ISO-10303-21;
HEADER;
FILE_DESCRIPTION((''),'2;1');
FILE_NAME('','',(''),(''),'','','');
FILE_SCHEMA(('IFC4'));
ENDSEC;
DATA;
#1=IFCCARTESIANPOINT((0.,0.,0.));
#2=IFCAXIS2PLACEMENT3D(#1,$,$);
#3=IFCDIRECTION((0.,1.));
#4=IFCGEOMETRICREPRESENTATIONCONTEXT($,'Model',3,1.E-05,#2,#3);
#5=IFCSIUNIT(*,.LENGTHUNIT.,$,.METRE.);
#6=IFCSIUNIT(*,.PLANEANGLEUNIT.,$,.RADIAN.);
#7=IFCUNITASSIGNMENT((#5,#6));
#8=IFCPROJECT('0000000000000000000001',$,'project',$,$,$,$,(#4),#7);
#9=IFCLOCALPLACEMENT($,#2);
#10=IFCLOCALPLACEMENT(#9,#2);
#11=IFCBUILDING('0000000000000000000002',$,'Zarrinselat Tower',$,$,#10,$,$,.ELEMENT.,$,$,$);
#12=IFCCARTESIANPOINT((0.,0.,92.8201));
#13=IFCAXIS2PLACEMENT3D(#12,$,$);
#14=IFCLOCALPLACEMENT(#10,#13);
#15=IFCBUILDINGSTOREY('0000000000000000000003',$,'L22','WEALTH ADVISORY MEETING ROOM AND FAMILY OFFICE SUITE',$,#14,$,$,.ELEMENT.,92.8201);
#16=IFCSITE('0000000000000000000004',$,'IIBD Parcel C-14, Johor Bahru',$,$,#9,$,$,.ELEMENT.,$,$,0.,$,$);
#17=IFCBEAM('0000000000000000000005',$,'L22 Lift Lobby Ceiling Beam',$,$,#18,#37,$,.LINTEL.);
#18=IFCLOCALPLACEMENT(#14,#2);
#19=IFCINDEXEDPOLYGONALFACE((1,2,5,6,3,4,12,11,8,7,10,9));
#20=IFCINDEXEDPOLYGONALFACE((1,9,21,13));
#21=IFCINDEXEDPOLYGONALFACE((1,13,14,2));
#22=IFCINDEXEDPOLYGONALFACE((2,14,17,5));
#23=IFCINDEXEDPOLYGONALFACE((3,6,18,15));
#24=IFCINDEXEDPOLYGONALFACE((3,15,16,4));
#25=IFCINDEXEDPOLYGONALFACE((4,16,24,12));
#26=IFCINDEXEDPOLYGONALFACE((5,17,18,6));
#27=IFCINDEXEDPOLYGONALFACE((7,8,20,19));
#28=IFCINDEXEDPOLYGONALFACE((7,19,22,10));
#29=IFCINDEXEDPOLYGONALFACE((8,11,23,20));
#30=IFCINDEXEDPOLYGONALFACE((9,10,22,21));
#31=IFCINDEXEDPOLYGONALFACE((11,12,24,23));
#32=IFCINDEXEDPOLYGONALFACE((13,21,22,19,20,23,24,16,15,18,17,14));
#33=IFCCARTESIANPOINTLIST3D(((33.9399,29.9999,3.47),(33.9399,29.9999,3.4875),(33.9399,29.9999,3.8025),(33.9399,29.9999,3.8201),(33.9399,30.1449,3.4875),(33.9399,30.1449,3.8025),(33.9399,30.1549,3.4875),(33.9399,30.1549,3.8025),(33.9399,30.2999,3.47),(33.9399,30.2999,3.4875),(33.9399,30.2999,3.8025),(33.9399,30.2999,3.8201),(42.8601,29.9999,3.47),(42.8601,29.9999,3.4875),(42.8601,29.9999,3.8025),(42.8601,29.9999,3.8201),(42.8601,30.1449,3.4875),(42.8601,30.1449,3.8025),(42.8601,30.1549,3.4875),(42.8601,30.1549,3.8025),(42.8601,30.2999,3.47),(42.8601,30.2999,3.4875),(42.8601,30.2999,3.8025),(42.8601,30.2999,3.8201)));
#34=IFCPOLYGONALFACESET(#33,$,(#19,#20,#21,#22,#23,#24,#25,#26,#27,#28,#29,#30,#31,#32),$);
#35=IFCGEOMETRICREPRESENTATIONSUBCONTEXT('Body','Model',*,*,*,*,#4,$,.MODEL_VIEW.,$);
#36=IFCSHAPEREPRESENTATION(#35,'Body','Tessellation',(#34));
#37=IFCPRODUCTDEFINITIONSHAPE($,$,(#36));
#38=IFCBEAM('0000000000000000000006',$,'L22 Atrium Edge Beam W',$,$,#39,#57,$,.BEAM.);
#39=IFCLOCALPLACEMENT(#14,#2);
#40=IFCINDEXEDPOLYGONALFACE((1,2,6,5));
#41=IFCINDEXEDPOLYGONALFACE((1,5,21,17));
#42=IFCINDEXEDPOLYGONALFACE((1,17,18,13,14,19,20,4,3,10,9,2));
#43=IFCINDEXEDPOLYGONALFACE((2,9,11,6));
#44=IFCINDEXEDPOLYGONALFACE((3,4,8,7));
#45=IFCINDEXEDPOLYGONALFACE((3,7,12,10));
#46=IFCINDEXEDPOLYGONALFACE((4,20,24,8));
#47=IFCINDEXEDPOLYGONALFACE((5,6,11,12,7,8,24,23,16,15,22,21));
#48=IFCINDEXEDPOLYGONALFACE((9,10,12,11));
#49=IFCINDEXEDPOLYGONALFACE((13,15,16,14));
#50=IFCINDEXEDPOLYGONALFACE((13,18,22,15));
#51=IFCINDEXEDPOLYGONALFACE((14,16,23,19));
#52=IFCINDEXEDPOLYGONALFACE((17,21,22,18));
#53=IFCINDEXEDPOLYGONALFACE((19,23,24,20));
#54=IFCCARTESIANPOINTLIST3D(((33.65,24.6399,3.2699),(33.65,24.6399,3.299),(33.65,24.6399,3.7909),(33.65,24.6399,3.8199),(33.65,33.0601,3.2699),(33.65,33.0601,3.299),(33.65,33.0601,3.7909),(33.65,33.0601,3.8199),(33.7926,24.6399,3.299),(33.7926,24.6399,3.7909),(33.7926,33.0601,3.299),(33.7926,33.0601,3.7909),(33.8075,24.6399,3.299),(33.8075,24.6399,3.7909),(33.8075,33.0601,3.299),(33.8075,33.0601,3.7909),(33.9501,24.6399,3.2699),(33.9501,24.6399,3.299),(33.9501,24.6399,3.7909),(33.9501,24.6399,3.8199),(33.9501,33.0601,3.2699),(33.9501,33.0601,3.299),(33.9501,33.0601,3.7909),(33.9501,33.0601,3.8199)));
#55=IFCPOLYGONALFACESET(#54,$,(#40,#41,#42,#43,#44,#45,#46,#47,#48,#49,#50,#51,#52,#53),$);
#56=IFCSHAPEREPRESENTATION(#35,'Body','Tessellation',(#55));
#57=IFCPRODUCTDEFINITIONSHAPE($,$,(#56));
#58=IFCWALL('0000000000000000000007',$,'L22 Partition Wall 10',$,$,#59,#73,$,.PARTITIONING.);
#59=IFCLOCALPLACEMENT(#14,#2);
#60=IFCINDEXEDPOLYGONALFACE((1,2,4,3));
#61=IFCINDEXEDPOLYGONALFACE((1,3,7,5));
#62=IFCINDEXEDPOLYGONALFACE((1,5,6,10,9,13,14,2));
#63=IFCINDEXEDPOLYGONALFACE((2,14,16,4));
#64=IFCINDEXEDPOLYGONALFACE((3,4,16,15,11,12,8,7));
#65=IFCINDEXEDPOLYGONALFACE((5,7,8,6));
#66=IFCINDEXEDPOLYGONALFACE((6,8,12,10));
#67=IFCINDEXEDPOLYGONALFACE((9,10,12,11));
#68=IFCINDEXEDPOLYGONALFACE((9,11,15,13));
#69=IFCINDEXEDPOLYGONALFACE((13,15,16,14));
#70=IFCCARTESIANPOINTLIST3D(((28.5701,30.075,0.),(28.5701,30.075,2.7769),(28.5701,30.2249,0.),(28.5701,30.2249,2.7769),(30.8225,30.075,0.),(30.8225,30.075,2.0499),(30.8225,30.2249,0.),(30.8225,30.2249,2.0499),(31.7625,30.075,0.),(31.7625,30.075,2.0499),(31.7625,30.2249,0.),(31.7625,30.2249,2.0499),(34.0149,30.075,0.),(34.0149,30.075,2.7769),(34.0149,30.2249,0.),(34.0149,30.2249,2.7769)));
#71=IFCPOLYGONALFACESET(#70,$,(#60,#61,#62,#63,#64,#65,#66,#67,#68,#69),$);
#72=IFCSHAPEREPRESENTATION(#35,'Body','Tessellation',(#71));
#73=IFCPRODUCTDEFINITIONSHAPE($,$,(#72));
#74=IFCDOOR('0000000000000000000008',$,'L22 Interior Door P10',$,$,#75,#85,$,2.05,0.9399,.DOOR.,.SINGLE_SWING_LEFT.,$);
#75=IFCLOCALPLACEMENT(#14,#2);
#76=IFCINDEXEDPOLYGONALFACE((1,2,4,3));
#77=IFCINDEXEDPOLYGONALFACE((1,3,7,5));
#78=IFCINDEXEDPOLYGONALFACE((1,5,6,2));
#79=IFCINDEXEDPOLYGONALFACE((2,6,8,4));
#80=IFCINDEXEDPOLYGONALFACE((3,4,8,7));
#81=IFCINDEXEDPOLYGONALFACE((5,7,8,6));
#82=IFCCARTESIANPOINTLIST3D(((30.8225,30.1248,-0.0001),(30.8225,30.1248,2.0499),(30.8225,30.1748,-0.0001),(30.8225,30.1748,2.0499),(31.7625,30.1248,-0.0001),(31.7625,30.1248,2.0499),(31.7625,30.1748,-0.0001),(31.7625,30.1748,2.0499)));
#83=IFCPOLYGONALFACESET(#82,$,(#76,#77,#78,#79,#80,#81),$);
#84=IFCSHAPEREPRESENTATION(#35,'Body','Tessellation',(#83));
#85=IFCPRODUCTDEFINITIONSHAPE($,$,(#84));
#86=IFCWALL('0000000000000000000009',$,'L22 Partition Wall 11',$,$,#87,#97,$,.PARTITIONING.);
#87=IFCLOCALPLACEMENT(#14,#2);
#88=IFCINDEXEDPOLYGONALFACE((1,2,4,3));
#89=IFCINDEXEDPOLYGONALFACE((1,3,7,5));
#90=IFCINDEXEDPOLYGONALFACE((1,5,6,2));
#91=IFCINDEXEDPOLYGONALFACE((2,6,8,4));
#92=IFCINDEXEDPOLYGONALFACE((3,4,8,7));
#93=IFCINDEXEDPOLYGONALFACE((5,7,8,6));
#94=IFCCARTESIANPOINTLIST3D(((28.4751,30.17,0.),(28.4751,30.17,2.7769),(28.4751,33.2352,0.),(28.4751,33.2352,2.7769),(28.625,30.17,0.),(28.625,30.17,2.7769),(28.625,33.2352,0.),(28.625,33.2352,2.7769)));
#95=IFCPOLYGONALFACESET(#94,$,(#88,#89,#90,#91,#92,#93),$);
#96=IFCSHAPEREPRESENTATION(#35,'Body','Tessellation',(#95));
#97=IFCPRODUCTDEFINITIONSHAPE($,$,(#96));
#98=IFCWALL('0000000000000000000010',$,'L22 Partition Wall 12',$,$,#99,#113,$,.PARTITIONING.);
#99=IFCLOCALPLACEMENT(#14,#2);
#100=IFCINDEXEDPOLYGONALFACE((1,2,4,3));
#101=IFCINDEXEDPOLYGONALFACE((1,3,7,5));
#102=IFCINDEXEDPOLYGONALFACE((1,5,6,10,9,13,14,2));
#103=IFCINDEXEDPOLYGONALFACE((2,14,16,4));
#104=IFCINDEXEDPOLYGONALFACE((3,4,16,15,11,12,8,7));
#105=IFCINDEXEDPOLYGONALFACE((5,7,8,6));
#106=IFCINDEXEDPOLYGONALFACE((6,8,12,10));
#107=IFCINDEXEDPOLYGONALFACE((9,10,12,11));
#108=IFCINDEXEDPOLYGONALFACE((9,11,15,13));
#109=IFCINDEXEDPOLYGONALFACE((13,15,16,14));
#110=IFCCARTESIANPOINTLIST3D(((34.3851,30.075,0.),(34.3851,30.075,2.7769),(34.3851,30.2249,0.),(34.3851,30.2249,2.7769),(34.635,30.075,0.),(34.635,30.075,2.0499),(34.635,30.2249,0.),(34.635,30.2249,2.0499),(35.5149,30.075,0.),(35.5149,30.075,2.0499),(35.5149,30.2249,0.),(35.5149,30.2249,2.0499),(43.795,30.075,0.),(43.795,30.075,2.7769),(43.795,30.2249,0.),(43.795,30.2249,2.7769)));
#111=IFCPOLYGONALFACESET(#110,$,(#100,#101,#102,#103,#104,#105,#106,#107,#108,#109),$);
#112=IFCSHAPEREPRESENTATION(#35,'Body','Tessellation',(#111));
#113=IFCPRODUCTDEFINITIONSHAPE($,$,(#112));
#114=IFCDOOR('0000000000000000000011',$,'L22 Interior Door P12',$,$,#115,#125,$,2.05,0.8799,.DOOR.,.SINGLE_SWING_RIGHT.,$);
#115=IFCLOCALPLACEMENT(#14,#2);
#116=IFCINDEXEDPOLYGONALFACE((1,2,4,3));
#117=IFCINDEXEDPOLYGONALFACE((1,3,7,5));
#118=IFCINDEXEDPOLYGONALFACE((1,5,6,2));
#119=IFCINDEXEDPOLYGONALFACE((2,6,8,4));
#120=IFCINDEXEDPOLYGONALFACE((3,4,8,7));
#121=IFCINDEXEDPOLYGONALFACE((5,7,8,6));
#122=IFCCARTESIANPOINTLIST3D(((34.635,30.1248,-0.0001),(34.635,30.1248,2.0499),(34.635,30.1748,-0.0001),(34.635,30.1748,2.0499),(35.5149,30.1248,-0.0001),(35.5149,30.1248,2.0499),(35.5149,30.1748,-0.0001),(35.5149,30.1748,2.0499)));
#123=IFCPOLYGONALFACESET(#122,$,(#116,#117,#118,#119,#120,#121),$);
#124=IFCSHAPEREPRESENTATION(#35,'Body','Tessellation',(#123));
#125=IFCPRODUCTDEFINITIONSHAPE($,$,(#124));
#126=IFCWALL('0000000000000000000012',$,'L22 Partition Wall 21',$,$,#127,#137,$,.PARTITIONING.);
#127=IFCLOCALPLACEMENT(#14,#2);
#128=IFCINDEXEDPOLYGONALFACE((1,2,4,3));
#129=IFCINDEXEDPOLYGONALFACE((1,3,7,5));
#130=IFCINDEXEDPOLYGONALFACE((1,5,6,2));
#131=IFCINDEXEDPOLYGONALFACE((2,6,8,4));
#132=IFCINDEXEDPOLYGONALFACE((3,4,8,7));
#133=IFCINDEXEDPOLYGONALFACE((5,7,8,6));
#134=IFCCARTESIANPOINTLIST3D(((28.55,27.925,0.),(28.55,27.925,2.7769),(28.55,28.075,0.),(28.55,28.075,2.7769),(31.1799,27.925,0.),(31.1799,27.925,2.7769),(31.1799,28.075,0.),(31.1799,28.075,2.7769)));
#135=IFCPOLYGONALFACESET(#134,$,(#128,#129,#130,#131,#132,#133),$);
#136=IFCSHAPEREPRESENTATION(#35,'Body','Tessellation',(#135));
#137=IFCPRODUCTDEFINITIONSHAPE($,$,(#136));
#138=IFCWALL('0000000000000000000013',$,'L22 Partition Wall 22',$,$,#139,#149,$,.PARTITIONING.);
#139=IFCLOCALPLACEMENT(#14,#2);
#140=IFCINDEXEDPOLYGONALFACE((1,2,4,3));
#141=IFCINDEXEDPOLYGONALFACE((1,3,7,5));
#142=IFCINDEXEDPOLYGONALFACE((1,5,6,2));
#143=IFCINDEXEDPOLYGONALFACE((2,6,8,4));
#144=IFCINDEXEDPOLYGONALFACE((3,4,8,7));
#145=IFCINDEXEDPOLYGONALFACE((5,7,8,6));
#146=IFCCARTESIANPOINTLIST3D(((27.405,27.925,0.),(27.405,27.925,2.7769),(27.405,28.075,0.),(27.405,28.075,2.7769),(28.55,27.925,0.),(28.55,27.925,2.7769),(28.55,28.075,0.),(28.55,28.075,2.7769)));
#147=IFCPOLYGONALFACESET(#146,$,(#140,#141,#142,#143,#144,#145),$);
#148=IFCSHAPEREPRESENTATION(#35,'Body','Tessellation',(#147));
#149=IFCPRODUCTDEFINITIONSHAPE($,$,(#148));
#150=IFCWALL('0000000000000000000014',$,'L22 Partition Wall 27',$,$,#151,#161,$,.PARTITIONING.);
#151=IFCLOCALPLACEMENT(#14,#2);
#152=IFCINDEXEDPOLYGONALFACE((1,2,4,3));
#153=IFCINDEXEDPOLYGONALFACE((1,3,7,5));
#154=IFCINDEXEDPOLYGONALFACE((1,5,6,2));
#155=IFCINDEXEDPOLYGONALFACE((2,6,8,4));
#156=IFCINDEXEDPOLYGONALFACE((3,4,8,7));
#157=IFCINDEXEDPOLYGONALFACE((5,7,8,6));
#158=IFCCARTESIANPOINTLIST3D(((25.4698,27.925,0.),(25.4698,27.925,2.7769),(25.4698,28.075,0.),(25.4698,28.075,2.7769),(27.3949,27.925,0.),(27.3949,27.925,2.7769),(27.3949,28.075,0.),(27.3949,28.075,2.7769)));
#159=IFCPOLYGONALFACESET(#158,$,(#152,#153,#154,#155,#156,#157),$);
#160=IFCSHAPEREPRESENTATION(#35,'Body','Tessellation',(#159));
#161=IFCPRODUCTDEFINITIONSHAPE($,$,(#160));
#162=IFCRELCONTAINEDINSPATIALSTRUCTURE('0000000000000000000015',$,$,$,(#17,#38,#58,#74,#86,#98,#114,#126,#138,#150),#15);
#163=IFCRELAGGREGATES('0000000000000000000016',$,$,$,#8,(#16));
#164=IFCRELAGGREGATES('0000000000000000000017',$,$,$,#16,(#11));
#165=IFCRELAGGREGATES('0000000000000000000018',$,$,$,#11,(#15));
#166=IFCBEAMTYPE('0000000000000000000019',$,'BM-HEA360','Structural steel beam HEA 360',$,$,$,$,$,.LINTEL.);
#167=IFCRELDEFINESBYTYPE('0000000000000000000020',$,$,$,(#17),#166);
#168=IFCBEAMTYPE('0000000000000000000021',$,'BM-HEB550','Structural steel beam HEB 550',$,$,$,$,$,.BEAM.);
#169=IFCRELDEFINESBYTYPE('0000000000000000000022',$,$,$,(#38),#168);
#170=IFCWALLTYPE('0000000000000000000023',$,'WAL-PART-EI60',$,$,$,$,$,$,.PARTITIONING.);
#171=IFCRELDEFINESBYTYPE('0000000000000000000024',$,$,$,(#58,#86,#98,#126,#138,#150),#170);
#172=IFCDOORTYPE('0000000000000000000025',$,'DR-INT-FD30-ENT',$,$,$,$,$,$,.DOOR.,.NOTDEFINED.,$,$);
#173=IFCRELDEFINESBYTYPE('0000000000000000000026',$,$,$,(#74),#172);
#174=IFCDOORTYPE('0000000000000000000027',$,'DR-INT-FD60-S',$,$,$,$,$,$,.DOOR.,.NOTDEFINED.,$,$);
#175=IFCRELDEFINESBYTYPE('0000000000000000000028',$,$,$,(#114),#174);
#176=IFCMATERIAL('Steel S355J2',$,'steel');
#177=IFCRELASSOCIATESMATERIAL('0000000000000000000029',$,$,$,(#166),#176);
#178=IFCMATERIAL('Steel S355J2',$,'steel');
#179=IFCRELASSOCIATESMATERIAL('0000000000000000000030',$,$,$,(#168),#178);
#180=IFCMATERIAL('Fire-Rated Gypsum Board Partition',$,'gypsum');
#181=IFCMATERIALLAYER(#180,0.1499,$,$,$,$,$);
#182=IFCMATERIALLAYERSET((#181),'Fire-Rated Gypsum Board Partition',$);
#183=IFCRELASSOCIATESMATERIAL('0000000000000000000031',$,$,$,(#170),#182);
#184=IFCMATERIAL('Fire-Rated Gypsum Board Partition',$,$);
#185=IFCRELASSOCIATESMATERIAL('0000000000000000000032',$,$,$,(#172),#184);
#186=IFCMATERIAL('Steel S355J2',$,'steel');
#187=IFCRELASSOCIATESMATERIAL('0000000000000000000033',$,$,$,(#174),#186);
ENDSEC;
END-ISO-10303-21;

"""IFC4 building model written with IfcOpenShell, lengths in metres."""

from ifc_helpers import new_model, si_unit, direction, frame, frame_2d, origin, origin_2d, place, context, subcontext, project, spatial, rectangle, i_section, extrude, material, layer, layer_set, material_profile, profile_set, type_object, element, fill, save


model = new_model("IFC4")

# Units and contexts
model_context = context("Model", 3, precision=1e-05, world=origin(), true_north=direction((0.0, 1.0)))
body_context = subcontext(model_context, "Body", "Model", "MODEL_VIEW")
ifc_project = project(units=[si_unit("LENGTHUNIT", "METRE"), si_unit("PLANEANGLEUNIT", "RADIAN")], contexts=[model_context])

# Site, building, storey
site_placement = place(None, origin())
site = spatial("IfcSite", under=ifc_project, at=site_placement, Name="IIBD Parcel C-14, Johor Bahru", CompositionType="ELEMENT", RefElevation=0.0)
building_placement = place(site_placement, origin())
building = spatial("IfcBuilding", under=site, at=building_placement, Name="Zarrinselat Tower", CompositionType="ELEMENT")
storey_placement = place(building_placement, frame((0.0, 0.0, 92.8201)))
storey = spatial("IfcBuildingStorey", under=building, at=storey_placement, Name="L22", Description="WEALTH ADVISORY MEETING ROOM AND FAMILY OFFICE SUITE", CompositionType="ELEMENT", Elevation=92.8201)

# Beams
ifc_material_1 = material(Name="Steel S355J2", Category="steel")
ifc_material_profile_1 = material_profile(ifc_material_1, i_section(OverallWidth=0.3, OverallDepth=0.3501, WebThickness=0.01, FlangeThickness=0.0176, at=origin_2d()), Name="HEA 360")
ifc_profile_set_1 = profile_set([ifc_material_profile_1], Name="Steel S355J2")
beam_type_1 = type_object("IfcBeamType", Name="BM-HEA360", Description="Structural steel beam HEA 360", PredefinedType="LINTEL", material=ifc_profile_set_1)
beam_1_placement = place(storey_placement, frame((33.9399, 30.1499, 3.645), z_axis=(1.0, 0.0, 0.0), x_axis=(0.0, 1.0, 0.0)))
element("IfcBeam", 1, at=beam_1_placement, inside=storey, type_object=beam_type_1, Name="L22 Lift Lobby Ceiling Beam", PredefinedType="LINTEL", context=body_context, shape_type="SweptSolid", body=[
    extrude(i_section(OverallWidth=0.3, OverallDepth=0.3501, WebThickness=0.01, FlangeThickness=0.0176, at=origin_2d()), origin(), (0.0, 0.0, 1.0), 8.9202),
])
ifc_material_2 = material(Name="Steel S355J2", Category="steel")
ifc_material_profile_2 = material_profile(ifc_material_2, i_section(OverallWidth=0.3, OverallDepth=0.55, WebThickness=0.0149, FlangeThickness=0.0291, at=origin_2d()), Name="HEB 550")
ifc_profile_set_2 = profile_set([ifc_material_profile_2], Name="Steel S355J2")
beam_type_2 = type_object("IfcBeamType", Name="BM-HEB550", Description="Structural steel beam HEB 550", PredefinedType="BEAM", material=ifc_profile_set_2)
beam_2_placement = place(storey_placement, frame((33.8, 24.6399, 3.5449), z_axis=(0.0, 1.0, 0.0), x_axis=(-1.0, 0.0, 0.0)))
element("IfcBeam", 2, at=beam_2_placement, inside=storey, type_object=beam_type_2, Name="L22 Atrium Edge Beam W", PredefinedType="BEAM", context=body_context, shape_type="SweptSolid", body=[
    extrude(i_section(OverallWidth=0.3, OverallDepth=0.55, WebThickness=0.0149, FlangeThickness=0.0291, at=origin_2d()), origin(), (0.0, 0.0, 1.0), 8.4202),
])

# Wall, opening, door
ifc_material_3 = material(Name="Fire-Rated Gypsum Board Partition", Category="gypsum")
ifc_layer_1 = layer(ifc_material_3, 0.1499)
ifc_layer_set_1 = layer_set([ifc_layer_1], Name="Fire-Rated Gypsum Board Partition")
wall_type_1 = type_object("IfcWallType", Name="WAL-PART-EI60", PredefinedType="PARTITIONING", material=ifc_layer_set_1)
wall_1_placement = place(storey_placement, frame((28.5701, 30.1499, 0.0), z_axis=(0.0, 0.0, 1.0), x_axis=(1.0, 0.0, 0.0)))
wall_1 = element("IfcWall", 3, at=wall_1_placement, inside=storey, type_object=wall_type_1, Name="L22 Partition Wall 10", PredefinedType="PARTITIONING", context=body_context, shape_type="SweptSolid", body=[
    extrude(rectangle(XDim=5.4448, YDim=0.1499, at=frame_2d((2.7224, 0.0))), origin(), (0.0, 0.0, 1.0), 2.7769),
])
opening_1_placement = place(wall_1_placement, frame((2.2524, 0.0, 0.0)))
opening_1 = element("IfcOpeningElement", 4, at=opening_1_placement, cuts=wall_1, PredefinedType="OPENING", context=body_context, shape_type="SweptSolid", body=[
    extrude(rectangle(XDim=0.9399, YDim=2.05, at=frame_2d((0.47, 1.0249))), frame((0.0, 0.085, 0.0), z_axis=(0.0, -1.0, 0.0), x_axis=(1.0, 0.0, 0.0)), (0.0, 0.0, 1.0), 0.1699),
])
ifc_material_4 = material(Name="Fire-Rated Gypsum Board Partition")
door_type_1 = type_object("IfcDoorType", Name="DR-INT-FD30-ENT", OperationType="NOTDEFINED", PredefinedType="DOOR", material=ifc_material_4)
door_1_placement = place(opening_1_placement, origin())
door_1 = element("IfcDoor", 5, at=door_1_placement, inside=storey, type_object=door_type_1, Name="L22 Interior Door P10", OperationType="SINGLE_SWING_LEFT", OverallHeight=2.05, OverallWidth=0.9399, PredefinedType="DOOR", context=body_context, shape_type="SweptSolid", body=[
    extrude(rectangle(XDim=0.9399, YDim=2.05, at=frame_2d((0.47, 1.0249))), frame((0.0, 0.0249, 0.0), z_axis=(0.0, -1.0, 0.0), x_axis=(1.0, 0.0, 0.0)), (0.0, 0.0, 1.0), 0.05),
])
fill(opening_1, door_1)

# Wall
wall_2_placement = place(storey_placement, frame((28.55, 30.1699, 0.0), z_axis=(0.0, 0.0, 1.0), x_axis=(0.0, 1.0, 0.0)))
element("IfcWall", 6, at=wall_2_placement, inside=storey, type_object=wall_type_1, Name="L22 Partition Wall 11", PredefinedType="PARTITIONING", context=body_context, shape_type="SweptSolid", body=[
    extrude(rectangle(XDim=3.0652, YDim=0.1499, at=frame_2d((1.5327, 0.0))), origin(), (0.0, 0.0, 1.0), 2.7769),
])

# Wall, opening, door
wall_3_placement = place(storey_placement, frame((34.385, 30.1499, 0.0), z_axis=(0.0, 0.0, 1.0), x_axis=(1.0, 0.0, 0.0)))
wall_3 = element("IfcWall", 7, at=wall_3_placement, inside=storey, type_object=wall_type_1, Name="L22 Partition Wall 12", PredefinedType="PARTITIONING", context=body_context, shape_type="SweptSolid", body=[
    extrude(rectangle(XDim=9.4099, YDim=0.1499, at=frame_2d((4.7051, 0.0))), origin(), (0.0, 0.0, 1.0), 2.7769),
])
opening_2_placement = place(wall_3_placement, frame((0.25, 0.0, 0.0)))
opening_2 = element("IfcOpeningElement", 8, at=opening_2_placement, cuts=wall_3, PredefinedType="OPENING", context=body_context, shape_type="SweptSolid", body=[
    extrude(rectangle(XDim=0.8799, YDim=2.05, at=frame_2d((0.4399, 1.0249))), frame((0.0, 0.085, 0.0), z_axis=(0.0, -1.0, 0.0), x_axis=(1.0, 0.0, 0.0)), (0.0, 0.0, 1.0), 0.1699),
])
ifc_material_5 = material(Name="Steel S355J2", Category="steel")
door_type_2 = type_object("IfcDoorType", Name="DR-INT-FD60-S", OperationType="NOTDEFINED", PredefinedType="DOOR", material=ifc_material_5)
door_2_placement = place(opening_2_placement, origin())
door_2 = element("IfcDoor", 9, at=door_2_placement, inside=storey, type_object=door_type_2, Name="L22 Interior Door P12", OperationType="SINGLE_SWING_RIGHT", OverallHeight=2.05, OverallWidth=0.8799, PredefinedType="DOOR", context=body_context, shape_type="SweptSolid", body=[
    extrude(rectangle(XDim=0.8799, YDim=2.05, at=frame_2d((0.4399, 1.0249))), frame((0.0, 0.0249, 0.0), z_axis=(0.0, -1.0, 0.0), x_axis=(1.0, 0.0, 0.0)), (0.0, 0.0, 1.0), 0.05),
])
fill(opening_2, door_2)

# Walls
wall_4_placement = place(storey_placement, frame((28.55, 28.0, 0.0), z_axis=(0.0, 0.0, 1.0), x_axis=(1.0, 0.0, 0.0)))
element("IfcWall", 10, at=wall_4_placement, inside=storey, type_object=wall_type_1, Name="L22 Partition Wall 21", PredefinedType="PARTITIONING", context=body_context, shape_type="SweptSolid", body=[
    extrude(rectangle(XDim=2.6299, YDim=0.1499, at=frame_2d((1.3149, 0.0))), origin(), (0.0, 0.0, 1.0), 2.7769),
])
wall_5_placement = place(storey_placement, frame((27.405, 28.0, 0.0), z_axis=(0.0, 0.0, 1.0), x_axis=(1.0, 0.0, 0.0)))
element("IfcWall", 11, at=wall_5_placement, inside=storey, type_object=wall_type_1, Name="L22 Partition Wall 22", PredefinedType="PARTITIONING", context=body_context, shape_type="SweptSolid", body=[
    extrude(rectangle(XDim=1.145, YDim=0.1499, at=frame_2d((0.5725, 0.0))), origin(), (0.0, 0.0, 1.0), 2.7769),
])
wall_6_placement = place(storey_placement, frame((25.47, 28.0, 0.0), z_axis=(0.0, 0.0, 1.0), x_axis=(1.0, 0.0, 0.0)))
element("IfcWall", 12, at=wall_6_placement, inside=storey, type_object=wall_type_1, Name="L22 Partition Wall 27", PredefinedType="PARTITIONING", context=body_context, shape_type="SweptSolid", body=[
    extrude(rectangle(XDim=1.925, YDim=0.1499, at=frame_2d((0.9624, 0.0))), origin(), (0.0, 0.0, 1.0), 2.7769),
])

save(model, "model.ifc")
